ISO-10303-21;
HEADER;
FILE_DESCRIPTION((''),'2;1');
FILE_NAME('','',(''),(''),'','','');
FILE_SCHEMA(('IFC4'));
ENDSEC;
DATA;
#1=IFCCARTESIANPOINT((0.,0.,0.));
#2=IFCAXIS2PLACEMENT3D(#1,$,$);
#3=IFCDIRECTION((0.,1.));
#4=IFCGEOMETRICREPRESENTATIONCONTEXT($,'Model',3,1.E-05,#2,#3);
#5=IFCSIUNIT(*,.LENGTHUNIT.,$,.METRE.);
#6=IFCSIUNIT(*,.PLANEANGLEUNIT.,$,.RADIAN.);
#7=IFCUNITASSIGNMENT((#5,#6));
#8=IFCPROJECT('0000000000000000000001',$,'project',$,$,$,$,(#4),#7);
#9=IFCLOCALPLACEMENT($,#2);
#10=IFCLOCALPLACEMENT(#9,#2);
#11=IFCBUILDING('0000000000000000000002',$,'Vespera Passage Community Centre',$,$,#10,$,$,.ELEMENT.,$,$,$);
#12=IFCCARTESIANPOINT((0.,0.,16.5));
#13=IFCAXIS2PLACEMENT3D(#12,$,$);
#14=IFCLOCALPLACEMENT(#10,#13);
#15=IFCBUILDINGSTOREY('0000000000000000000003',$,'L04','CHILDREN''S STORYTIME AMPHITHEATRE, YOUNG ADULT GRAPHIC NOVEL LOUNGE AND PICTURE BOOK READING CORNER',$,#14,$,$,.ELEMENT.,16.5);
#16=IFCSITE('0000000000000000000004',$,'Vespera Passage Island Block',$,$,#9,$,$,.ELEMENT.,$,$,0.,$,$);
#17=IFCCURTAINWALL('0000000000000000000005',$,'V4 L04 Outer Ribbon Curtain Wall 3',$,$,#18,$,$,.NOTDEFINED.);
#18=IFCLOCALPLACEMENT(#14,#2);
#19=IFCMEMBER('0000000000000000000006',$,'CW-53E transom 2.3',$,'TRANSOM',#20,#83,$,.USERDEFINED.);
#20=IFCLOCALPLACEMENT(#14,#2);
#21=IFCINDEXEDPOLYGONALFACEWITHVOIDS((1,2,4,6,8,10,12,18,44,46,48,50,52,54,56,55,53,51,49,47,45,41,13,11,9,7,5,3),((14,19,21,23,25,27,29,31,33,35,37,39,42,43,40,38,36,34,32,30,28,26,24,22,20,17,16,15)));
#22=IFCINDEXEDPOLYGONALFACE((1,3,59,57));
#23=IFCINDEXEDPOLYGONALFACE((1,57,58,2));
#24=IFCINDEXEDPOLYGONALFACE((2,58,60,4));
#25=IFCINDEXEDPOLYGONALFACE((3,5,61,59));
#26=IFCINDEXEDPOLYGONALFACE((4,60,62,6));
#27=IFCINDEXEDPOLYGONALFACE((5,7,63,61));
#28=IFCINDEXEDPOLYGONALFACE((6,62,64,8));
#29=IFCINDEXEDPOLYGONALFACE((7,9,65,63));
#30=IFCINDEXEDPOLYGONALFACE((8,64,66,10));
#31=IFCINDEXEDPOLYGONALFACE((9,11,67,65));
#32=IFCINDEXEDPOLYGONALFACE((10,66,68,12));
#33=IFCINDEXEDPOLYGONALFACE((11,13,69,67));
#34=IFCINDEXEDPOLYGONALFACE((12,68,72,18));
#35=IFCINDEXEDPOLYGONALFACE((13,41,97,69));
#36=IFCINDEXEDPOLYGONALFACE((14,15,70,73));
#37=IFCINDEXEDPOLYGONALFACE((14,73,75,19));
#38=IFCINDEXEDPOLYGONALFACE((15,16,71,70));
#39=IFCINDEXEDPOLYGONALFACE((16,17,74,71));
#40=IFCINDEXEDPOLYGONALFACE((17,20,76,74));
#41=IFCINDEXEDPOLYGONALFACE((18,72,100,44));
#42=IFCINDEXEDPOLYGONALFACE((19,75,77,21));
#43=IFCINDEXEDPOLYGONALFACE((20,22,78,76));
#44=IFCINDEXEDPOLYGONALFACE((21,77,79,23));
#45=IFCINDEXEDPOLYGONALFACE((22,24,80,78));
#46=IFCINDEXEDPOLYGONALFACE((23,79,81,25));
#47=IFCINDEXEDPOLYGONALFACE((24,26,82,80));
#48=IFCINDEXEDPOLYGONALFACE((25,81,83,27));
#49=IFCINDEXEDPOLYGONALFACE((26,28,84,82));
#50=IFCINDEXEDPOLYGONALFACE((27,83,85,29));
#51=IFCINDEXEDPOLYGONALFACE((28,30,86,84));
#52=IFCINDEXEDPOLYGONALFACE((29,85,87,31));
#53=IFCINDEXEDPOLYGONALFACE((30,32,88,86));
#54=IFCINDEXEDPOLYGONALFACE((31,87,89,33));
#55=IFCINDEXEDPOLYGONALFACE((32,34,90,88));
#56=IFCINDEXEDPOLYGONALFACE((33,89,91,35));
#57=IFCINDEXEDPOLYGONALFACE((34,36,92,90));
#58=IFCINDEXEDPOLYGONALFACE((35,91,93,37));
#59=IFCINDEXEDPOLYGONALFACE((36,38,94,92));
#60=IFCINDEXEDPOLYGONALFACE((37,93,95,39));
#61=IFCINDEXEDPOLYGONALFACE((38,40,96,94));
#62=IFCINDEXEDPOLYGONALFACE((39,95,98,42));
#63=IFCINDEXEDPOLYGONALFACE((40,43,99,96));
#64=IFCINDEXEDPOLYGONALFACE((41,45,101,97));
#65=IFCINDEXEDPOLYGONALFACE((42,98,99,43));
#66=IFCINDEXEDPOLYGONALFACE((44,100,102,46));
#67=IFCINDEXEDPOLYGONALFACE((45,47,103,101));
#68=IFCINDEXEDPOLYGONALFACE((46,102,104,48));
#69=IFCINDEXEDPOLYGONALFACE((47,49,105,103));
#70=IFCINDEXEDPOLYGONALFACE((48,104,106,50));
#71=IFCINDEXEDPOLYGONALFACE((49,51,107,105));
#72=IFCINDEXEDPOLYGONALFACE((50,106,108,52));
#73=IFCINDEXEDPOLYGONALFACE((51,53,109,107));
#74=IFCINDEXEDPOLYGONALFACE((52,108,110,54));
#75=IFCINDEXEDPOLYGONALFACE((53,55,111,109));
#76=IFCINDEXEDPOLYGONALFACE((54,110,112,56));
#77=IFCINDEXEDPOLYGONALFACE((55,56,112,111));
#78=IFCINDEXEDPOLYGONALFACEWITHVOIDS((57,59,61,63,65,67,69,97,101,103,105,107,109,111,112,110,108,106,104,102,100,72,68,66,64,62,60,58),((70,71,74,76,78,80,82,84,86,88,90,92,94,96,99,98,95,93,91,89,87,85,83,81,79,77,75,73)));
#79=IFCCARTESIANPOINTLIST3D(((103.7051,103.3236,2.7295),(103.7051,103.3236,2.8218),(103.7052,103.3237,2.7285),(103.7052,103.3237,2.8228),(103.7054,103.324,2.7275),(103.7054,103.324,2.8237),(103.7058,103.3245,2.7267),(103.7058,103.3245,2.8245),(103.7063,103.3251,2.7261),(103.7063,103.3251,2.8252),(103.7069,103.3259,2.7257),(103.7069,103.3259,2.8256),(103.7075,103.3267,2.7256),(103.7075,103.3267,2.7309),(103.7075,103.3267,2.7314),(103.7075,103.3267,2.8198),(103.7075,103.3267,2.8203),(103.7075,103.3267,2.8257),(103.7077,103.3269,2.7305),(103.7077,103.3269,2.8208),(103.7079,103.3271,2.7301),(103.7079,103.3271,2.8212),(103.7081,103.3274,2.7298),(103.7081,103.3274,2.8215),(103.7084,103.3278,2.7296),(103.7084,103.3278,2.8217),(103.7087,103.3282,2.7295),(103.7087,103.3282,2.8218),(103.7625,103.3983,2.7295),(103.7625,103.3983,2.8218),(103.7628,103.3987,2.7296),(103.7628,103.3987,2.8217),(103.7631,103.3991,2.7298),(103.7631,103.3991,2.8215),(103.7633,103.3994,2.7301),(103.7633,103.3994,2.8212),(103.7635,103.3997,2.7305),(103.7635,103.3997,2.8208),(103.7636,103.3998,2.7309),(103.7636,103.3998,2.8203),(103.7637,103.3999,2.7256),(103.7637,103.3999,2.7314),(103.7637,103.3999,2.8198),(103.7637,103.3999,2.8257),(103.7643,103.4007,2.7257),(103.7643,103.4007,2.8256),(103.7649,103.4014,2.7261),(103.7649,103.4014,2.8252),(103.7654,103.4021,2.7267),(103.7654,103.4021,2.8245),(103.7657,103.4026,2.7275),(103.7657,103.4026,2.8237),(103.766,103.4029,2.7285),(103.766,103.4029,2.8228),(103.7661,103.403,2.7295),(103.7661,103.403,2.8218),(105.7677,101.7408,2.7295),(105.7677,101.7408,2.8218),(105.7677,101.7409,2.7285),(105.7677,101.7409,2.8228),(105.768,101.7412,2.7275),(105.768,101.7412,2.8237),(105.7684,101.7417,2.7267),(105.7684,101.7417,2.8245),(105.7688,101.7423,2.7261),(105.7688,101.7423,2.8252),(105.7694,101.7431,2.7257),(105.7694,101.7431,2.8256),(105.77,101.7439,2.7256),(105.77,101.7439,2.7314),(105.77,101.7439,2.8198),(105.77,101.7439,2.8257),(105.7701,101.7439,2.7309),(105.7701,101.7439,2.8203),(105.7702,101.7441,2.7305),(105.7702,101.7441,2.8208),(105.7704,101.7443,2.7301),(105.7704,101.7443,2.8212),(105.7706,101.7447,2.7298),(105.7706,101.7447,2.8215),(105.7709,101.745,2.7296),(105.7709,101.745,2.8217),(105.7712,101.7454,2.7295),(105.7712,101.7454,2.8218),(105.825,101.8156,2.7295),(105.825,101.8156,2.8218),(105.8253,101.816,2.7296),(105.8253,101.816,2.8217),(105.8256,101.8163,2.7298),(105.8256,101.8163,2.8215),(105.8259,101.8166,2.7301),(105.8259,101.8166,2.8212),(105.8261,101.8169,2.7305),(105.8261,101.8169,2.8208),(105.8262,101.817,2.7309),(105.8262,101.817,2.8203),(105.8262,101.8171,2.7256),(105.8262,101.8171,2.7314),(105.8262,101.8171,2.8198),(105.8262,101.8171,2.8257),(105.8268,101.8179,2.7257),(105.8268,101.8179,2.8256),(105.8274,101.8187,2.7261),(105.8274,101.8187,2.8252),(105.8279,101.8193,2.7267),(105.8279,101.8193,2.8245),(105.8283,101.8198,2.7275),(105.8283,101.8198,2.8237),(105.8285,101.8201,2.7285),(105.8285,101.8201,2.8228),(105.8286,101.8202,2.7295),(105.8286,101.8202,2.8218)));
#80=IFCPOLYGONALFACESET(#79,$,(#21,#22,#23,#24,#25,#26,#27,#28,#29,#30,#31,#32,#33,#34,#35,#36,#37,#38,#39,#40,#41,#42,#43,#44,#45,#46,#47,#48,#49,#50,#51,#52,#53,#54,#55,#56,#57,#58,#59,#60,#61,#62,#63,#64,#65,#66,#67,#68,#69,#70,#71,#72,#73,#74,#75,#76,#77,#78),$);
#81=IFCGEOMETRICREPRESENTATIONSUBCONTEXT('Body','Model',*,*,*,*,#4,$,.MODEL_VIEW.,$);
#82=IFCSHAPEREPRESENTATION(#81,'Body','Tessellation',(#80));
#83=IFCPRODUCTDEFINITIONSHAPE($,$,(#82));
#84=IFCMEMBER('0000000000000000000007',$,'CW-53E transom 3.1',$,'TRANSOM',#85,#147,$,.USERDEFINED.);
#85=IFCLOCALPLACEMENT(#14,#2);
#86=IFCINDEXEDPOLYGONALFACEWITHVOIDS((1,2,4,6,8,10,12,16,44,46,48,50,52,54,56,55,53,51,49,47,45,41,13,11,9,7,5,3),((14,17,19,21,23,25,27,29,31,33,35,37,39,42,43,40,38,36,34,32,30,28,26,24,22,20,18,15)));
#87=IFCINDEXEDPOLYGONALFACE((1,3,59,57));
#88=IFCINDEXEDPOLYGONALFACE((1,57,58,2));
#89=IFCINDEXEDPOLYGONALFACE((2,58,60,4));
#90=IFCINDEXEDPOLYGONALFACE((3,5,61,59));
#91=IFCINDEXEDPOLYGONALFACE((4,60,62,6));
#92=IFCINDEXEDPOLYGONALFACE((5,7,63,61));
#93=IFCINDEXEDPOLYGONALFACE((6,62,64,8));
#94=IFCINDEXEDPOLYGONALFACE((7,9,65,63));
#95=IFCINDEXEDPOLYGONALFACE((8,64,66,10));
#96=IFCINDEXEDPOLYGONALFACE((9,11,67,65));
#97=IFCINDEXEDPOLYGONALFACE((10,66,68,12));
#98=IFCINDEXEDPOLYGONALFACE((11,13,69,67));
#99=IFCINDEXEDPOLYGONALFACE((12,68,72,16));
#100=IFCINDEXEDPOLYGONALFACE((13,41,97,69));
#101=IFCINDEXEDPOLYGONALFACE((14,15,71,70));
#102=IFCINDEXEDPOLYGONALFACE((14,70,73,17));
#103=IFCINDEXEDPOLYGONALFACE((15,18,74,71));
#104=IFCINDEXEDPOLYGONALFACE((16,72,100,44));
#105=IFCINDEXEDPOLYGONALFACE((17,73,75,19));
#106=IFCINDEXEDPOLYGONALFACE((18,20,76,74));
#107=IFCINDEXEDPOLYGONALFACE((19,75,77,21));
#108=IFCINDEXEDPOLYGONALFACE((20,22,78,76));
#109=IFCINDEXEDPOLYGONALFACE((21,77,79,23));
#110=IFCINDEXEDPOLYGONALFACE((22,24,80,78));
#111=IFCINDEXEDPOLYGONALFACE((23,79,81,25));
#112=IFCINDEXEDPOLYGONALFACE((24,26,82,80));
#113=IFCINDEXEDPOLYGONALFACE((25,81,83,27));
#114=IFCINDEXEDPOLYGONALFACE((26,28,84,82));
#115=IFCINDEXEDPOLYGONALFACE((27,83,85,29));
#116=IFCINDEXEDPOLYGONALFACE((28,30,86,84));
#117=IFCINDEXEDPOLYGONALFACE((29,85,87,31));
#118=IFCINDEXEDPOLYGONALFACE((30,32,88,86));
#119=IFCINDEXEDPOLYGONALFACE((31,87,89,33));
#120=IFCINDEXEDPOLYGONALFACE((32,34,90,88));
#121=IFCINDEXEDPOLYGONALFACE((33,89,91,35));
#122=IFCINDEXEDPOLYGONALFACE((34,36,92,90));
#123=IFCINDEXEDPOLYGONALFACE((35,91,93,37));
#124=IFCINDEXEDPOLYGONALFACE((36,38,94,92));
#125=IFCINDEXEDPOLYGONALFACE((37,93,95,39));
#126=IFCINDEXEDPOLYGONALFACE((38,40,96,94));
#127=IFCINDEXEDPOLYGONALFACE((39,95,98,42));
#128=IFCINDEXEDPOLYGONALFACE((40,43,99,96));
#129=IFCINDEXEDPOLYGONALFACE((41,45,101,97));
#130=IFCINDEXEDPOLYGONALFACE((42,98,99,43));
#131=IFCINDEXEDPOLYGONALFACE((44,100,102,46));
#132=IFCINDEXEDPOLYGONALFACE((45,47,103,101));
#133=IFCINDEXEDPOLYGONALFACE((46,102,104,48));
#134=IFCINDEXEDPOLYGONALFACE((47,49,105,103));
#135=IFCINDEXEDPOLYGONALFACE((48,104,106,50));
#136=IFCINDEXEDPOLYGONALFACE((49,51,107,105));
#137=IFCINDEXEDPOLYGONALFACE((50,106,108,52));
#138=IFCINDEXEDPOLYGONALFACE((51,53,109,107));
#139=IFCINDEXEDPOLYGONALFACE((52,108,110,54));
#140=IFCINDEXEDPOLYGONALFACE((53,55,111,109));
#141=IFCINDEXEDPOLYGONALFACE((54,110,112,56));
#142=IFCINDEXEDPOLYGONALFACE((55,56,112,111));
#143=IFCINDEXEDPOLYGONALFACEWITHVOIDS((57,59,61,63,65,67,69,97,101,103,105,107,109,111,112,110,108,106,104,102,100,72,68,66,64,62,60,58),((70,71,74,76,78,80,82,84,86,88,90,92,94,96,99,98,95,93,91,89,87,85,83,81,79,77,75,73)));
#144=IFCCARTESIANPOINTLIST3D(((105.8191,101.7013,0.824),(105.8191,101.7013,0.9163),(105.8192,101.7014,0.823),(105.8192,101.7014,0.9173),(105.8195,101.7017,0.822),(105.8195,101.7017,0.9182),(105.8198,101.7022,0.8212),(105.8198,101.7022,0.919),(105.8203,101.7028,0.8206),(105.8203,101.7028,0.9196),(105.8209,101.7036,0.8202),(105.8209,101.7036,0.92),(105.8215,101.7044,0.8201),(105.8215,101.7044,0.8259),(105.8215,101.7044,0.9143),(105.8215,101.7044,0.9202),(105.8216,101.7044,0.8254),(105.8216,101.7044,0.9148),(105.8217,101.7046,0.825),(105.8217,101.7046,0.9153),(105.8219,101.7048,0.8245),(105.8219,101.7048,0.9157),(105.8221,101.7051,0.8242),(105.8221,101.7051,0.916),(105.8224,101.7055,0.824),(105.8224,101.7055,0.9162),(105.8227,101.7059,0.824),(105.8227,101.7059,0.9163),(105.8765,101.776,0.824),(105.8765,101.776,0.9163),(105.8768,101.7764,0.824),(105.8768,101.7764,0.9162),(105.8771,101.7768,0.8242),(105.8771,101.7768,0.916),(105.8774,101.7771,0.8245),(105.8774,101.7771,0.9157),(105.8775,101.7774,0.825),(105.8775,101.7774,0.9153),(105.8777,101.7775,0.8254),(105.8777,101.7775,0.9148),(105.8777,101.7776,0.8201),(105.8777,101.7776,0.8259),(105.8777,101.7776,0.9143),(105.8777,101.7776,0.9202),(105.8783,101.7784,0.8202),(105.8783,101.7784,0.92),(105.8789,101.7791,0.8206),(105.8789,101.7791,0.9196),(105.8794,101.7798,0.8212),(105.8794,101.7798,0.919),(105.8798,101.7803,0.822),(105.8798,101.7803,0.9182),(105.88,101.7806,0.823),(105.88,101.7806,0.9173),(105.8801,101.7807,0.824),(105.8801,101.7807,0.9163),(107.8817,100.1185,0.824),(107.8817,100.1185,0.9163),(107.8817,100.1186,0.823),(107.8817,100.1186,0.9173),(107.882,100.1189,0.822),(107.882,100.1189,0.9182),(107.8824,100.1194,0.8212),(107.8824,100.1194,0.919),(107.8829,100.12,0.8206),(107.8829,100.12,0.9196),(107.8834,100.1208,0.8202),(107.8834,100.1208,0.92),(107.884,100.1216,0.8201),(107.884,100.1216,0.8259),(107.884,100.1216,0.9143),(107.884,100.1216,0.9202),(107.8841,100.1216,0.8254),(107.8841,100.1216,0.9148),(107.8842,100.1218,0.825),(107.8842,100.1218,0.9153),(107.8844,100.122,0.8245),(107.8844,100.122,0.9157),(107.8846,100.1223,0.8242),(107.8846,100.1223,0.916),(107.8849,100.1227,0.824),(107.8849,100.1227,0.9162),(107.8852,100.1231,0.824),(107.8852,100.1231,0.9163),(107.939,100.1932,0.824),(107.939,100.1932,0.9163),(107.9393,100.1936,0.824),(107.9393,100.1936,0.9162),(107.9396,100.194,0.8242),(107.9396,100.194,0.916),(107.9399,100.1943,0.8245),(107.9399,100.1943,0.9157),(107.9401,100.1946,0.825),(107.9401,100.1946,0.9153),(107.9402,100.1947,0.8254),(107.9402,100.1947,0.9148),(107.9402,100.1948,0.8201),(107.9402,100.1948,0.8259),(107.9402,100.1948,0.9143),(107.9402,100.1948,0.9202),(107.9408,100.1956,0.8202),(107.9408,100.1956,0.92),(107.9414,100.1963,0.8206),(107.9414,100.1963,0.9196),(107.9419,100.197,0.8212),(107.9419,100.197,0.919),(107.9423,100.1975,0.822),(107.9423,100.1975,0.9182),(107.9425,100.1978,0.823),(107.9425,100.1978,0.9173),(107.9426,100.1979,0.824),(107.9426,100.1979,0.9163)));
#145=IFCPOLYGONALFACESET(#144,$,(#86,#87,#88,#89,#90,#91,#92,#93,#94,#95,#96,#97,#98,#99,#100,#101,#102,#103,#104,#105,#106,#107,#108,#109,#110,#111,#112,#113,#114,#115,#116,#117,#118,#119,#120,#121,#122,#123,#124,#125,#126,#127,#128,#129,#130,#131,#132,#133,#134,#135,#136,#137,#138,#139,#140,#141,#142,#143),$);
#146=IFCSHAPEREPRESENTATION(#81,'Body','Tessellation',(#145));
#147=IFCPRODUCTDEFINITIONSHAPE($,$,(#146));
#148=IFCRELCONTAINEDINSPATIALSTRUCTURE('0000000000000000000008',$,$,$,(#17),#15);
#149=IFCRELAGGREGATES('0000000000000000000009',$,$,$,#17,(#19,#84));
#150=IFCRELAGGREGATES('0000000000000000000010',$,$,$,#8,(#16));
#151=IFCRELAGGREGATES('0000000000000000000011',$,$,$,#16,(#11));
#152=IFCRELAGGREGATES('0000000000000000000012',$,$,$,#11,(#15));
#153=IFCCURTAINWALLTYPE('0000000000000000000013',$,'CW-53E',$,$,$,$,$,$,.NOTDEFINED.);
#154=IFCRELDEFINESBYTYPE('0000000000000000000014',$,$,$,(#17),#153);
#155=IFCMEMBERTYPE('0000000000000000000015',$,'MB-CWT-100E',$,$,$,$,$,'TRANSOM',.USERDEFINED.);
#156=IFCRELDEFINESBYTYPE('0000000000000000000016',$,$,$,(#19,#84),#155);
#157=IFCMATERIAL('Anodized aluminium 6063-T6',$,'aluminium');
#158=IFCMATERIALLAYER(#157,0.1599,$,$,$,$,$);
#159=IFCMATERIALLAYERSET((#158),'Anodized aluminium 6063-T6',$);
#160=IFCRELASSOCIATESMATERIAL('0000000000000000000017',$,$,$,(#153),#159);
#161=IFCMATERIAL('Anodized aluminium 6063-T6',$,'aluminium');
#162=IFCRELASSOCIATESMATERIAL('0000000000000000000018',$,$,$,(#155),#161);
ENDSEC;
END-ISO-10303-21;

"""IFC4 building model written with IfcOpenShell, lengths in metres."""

from ifc_helpers import new_model, si_unit, direction, frame, origin, origin_2d, place, context, subcontext, project, spatial, hollow_rectangle, extrude, material, layer, layer_set, material_profile, profile_set, type_object, element, aggregate, save


model = new_model("IFC4")

# Units and contexts
model_context = context("Model", 3, precision=1e-05, world=origin(), true_north=direction((0.0, 1.0)))
body_context = subcontext(model_context, "Body", "Model", "MODEL_VIEW")
ifc_project = project(units=[si_unit("LENGTHUNIT", "METRE"), si_unit("PLANEANGLEUNIT", "RADIAN")], contexts=[model_context])

# Site, building, storey
site_placement = place(None, origin())
site = spatial("IfcSite", under=ifc_project, at=site_placement, Name="Vespera Passage Island Block", CompositionType="ELEMENT", RefElevation=0.0)
building_placement = place(site_placement, origin())
building = spatial("IfcBuilding", under=site, at=building_placement, Name="Vespera Passage Community Centre", CompositionType="ELEMENT")
storey_placement = place(building_placement, frame((0.0, 0.0, 16.5)))
storey = spatial("IfcBuildingStorey", under=building, at=storey_placement, Name="L04", Description="CHILDREN'S STORYTIME AMPHITHEATRE, YOUNG ADULT GRAPHIC NOVEL LOUNGE AND PICTURE BOOK READING CORNER", CompositionType="ELEMENT", Elevation=16.5)

# Curtain wall, members
ifc_material_1 = material(Name="Anodized aluminium 6063-T6", Category="aluminium")
ifc_layer_1 = layer(ifc_material_1, 0.1599)
ifc_layer_set_1 = layer_set([ifc_layer_1], Name="Anodized aluminium 6063-T6")
curtain_wall_type = type_object("IfcCurtainWallType", Name="CW-53E", PredefinedType="NOTDEFINED", material=ifc_layer_set_1)
curtain_wall_placement = place(storey_placement, origin())
curtain_wall = element("IfcCurtainWall", 1, at=curtain_wall_placement, inside=storey, type_object=curtain_wall_type, Name="V4 L04 Outer Ribbon Curtain Wall 3", PredefinedType="NOTDEFINED")
ifc_material_2 = material(Name="Anodized aluminium 6063-T6", Category="aluminium")
ifc_material_profile_1 = material_profile(ifc_material_2, hollow_rectangle(XDim=0.1001, YDim=0.1001, WallThickness=0.0039, InnerFilletRadius=0.002, OuterFilletRadius=0.0039, at=origin_2d()), Name="ALU100X100X4")
ifc_profile_set_1 = profile_set([ifc_material_profile_1], Name="Anodized aluminium 6063-T6")
member_type_1 = type_object("IfcMemberType", Name="MB-CWT-100E", ElementType="TRANSOM", PredefinedType="USERDEFINED", material=ifc_profile_set_1)
member_1_placement = place(storey_placement, frame((103.7356, 103.3633, 2.7756), z_axis=(0.793325, -0.608798, 0.0), x_axis=(0.608798, 0.793325, 0.0)))
member_1 = element("IfcMember", 2, at=member_1_placement, type_object=member_type_1, Name="CW-53E transom 2.3", ObjectType="TRANSOM", PredefinedType="USERDEFINED", context=body_context, shape_type="SweptSolid", body=[
    extrude(hollow_rectangle(XDim=0.1001, YDim=0.1001, WallThickness=0.0039, InnerFilletRadius=0.002, OuterFilletRadius=0.0039, at=origin_2d()), origin(), (0.0, 0.0, 1.0), 2.5999),
])
member_2_placement = place(storey_placement, frame((105.8496, 101.741, 0.8701), z_axis=(0.793325, -0.608798, 0.0), x_axis=(0.608798, 0.793325, 0.0)))
member_2 = element("IfcMember", 3, at=member_2_placement, type_object=member_type_1, Name="CW-53E transom 3.1", ObjectType="TRANSOM", PredefinedType="USERDEFINED", context=body_context, shape_type="SweptSolid", body=[
    extrude(hollow_rectangle(XDim=0.1001, YDim=0.1001, WallThickness=0.0039, InnerFilletRadius=0.002, OuterFilletRadius=0.0039, at=origin_2d()), origin(), (0.0, 0.0, 1.0), 2.5999),
])
aggregate(curtain_wall, [member_1, member_2])

save(model, "model.ifc")
